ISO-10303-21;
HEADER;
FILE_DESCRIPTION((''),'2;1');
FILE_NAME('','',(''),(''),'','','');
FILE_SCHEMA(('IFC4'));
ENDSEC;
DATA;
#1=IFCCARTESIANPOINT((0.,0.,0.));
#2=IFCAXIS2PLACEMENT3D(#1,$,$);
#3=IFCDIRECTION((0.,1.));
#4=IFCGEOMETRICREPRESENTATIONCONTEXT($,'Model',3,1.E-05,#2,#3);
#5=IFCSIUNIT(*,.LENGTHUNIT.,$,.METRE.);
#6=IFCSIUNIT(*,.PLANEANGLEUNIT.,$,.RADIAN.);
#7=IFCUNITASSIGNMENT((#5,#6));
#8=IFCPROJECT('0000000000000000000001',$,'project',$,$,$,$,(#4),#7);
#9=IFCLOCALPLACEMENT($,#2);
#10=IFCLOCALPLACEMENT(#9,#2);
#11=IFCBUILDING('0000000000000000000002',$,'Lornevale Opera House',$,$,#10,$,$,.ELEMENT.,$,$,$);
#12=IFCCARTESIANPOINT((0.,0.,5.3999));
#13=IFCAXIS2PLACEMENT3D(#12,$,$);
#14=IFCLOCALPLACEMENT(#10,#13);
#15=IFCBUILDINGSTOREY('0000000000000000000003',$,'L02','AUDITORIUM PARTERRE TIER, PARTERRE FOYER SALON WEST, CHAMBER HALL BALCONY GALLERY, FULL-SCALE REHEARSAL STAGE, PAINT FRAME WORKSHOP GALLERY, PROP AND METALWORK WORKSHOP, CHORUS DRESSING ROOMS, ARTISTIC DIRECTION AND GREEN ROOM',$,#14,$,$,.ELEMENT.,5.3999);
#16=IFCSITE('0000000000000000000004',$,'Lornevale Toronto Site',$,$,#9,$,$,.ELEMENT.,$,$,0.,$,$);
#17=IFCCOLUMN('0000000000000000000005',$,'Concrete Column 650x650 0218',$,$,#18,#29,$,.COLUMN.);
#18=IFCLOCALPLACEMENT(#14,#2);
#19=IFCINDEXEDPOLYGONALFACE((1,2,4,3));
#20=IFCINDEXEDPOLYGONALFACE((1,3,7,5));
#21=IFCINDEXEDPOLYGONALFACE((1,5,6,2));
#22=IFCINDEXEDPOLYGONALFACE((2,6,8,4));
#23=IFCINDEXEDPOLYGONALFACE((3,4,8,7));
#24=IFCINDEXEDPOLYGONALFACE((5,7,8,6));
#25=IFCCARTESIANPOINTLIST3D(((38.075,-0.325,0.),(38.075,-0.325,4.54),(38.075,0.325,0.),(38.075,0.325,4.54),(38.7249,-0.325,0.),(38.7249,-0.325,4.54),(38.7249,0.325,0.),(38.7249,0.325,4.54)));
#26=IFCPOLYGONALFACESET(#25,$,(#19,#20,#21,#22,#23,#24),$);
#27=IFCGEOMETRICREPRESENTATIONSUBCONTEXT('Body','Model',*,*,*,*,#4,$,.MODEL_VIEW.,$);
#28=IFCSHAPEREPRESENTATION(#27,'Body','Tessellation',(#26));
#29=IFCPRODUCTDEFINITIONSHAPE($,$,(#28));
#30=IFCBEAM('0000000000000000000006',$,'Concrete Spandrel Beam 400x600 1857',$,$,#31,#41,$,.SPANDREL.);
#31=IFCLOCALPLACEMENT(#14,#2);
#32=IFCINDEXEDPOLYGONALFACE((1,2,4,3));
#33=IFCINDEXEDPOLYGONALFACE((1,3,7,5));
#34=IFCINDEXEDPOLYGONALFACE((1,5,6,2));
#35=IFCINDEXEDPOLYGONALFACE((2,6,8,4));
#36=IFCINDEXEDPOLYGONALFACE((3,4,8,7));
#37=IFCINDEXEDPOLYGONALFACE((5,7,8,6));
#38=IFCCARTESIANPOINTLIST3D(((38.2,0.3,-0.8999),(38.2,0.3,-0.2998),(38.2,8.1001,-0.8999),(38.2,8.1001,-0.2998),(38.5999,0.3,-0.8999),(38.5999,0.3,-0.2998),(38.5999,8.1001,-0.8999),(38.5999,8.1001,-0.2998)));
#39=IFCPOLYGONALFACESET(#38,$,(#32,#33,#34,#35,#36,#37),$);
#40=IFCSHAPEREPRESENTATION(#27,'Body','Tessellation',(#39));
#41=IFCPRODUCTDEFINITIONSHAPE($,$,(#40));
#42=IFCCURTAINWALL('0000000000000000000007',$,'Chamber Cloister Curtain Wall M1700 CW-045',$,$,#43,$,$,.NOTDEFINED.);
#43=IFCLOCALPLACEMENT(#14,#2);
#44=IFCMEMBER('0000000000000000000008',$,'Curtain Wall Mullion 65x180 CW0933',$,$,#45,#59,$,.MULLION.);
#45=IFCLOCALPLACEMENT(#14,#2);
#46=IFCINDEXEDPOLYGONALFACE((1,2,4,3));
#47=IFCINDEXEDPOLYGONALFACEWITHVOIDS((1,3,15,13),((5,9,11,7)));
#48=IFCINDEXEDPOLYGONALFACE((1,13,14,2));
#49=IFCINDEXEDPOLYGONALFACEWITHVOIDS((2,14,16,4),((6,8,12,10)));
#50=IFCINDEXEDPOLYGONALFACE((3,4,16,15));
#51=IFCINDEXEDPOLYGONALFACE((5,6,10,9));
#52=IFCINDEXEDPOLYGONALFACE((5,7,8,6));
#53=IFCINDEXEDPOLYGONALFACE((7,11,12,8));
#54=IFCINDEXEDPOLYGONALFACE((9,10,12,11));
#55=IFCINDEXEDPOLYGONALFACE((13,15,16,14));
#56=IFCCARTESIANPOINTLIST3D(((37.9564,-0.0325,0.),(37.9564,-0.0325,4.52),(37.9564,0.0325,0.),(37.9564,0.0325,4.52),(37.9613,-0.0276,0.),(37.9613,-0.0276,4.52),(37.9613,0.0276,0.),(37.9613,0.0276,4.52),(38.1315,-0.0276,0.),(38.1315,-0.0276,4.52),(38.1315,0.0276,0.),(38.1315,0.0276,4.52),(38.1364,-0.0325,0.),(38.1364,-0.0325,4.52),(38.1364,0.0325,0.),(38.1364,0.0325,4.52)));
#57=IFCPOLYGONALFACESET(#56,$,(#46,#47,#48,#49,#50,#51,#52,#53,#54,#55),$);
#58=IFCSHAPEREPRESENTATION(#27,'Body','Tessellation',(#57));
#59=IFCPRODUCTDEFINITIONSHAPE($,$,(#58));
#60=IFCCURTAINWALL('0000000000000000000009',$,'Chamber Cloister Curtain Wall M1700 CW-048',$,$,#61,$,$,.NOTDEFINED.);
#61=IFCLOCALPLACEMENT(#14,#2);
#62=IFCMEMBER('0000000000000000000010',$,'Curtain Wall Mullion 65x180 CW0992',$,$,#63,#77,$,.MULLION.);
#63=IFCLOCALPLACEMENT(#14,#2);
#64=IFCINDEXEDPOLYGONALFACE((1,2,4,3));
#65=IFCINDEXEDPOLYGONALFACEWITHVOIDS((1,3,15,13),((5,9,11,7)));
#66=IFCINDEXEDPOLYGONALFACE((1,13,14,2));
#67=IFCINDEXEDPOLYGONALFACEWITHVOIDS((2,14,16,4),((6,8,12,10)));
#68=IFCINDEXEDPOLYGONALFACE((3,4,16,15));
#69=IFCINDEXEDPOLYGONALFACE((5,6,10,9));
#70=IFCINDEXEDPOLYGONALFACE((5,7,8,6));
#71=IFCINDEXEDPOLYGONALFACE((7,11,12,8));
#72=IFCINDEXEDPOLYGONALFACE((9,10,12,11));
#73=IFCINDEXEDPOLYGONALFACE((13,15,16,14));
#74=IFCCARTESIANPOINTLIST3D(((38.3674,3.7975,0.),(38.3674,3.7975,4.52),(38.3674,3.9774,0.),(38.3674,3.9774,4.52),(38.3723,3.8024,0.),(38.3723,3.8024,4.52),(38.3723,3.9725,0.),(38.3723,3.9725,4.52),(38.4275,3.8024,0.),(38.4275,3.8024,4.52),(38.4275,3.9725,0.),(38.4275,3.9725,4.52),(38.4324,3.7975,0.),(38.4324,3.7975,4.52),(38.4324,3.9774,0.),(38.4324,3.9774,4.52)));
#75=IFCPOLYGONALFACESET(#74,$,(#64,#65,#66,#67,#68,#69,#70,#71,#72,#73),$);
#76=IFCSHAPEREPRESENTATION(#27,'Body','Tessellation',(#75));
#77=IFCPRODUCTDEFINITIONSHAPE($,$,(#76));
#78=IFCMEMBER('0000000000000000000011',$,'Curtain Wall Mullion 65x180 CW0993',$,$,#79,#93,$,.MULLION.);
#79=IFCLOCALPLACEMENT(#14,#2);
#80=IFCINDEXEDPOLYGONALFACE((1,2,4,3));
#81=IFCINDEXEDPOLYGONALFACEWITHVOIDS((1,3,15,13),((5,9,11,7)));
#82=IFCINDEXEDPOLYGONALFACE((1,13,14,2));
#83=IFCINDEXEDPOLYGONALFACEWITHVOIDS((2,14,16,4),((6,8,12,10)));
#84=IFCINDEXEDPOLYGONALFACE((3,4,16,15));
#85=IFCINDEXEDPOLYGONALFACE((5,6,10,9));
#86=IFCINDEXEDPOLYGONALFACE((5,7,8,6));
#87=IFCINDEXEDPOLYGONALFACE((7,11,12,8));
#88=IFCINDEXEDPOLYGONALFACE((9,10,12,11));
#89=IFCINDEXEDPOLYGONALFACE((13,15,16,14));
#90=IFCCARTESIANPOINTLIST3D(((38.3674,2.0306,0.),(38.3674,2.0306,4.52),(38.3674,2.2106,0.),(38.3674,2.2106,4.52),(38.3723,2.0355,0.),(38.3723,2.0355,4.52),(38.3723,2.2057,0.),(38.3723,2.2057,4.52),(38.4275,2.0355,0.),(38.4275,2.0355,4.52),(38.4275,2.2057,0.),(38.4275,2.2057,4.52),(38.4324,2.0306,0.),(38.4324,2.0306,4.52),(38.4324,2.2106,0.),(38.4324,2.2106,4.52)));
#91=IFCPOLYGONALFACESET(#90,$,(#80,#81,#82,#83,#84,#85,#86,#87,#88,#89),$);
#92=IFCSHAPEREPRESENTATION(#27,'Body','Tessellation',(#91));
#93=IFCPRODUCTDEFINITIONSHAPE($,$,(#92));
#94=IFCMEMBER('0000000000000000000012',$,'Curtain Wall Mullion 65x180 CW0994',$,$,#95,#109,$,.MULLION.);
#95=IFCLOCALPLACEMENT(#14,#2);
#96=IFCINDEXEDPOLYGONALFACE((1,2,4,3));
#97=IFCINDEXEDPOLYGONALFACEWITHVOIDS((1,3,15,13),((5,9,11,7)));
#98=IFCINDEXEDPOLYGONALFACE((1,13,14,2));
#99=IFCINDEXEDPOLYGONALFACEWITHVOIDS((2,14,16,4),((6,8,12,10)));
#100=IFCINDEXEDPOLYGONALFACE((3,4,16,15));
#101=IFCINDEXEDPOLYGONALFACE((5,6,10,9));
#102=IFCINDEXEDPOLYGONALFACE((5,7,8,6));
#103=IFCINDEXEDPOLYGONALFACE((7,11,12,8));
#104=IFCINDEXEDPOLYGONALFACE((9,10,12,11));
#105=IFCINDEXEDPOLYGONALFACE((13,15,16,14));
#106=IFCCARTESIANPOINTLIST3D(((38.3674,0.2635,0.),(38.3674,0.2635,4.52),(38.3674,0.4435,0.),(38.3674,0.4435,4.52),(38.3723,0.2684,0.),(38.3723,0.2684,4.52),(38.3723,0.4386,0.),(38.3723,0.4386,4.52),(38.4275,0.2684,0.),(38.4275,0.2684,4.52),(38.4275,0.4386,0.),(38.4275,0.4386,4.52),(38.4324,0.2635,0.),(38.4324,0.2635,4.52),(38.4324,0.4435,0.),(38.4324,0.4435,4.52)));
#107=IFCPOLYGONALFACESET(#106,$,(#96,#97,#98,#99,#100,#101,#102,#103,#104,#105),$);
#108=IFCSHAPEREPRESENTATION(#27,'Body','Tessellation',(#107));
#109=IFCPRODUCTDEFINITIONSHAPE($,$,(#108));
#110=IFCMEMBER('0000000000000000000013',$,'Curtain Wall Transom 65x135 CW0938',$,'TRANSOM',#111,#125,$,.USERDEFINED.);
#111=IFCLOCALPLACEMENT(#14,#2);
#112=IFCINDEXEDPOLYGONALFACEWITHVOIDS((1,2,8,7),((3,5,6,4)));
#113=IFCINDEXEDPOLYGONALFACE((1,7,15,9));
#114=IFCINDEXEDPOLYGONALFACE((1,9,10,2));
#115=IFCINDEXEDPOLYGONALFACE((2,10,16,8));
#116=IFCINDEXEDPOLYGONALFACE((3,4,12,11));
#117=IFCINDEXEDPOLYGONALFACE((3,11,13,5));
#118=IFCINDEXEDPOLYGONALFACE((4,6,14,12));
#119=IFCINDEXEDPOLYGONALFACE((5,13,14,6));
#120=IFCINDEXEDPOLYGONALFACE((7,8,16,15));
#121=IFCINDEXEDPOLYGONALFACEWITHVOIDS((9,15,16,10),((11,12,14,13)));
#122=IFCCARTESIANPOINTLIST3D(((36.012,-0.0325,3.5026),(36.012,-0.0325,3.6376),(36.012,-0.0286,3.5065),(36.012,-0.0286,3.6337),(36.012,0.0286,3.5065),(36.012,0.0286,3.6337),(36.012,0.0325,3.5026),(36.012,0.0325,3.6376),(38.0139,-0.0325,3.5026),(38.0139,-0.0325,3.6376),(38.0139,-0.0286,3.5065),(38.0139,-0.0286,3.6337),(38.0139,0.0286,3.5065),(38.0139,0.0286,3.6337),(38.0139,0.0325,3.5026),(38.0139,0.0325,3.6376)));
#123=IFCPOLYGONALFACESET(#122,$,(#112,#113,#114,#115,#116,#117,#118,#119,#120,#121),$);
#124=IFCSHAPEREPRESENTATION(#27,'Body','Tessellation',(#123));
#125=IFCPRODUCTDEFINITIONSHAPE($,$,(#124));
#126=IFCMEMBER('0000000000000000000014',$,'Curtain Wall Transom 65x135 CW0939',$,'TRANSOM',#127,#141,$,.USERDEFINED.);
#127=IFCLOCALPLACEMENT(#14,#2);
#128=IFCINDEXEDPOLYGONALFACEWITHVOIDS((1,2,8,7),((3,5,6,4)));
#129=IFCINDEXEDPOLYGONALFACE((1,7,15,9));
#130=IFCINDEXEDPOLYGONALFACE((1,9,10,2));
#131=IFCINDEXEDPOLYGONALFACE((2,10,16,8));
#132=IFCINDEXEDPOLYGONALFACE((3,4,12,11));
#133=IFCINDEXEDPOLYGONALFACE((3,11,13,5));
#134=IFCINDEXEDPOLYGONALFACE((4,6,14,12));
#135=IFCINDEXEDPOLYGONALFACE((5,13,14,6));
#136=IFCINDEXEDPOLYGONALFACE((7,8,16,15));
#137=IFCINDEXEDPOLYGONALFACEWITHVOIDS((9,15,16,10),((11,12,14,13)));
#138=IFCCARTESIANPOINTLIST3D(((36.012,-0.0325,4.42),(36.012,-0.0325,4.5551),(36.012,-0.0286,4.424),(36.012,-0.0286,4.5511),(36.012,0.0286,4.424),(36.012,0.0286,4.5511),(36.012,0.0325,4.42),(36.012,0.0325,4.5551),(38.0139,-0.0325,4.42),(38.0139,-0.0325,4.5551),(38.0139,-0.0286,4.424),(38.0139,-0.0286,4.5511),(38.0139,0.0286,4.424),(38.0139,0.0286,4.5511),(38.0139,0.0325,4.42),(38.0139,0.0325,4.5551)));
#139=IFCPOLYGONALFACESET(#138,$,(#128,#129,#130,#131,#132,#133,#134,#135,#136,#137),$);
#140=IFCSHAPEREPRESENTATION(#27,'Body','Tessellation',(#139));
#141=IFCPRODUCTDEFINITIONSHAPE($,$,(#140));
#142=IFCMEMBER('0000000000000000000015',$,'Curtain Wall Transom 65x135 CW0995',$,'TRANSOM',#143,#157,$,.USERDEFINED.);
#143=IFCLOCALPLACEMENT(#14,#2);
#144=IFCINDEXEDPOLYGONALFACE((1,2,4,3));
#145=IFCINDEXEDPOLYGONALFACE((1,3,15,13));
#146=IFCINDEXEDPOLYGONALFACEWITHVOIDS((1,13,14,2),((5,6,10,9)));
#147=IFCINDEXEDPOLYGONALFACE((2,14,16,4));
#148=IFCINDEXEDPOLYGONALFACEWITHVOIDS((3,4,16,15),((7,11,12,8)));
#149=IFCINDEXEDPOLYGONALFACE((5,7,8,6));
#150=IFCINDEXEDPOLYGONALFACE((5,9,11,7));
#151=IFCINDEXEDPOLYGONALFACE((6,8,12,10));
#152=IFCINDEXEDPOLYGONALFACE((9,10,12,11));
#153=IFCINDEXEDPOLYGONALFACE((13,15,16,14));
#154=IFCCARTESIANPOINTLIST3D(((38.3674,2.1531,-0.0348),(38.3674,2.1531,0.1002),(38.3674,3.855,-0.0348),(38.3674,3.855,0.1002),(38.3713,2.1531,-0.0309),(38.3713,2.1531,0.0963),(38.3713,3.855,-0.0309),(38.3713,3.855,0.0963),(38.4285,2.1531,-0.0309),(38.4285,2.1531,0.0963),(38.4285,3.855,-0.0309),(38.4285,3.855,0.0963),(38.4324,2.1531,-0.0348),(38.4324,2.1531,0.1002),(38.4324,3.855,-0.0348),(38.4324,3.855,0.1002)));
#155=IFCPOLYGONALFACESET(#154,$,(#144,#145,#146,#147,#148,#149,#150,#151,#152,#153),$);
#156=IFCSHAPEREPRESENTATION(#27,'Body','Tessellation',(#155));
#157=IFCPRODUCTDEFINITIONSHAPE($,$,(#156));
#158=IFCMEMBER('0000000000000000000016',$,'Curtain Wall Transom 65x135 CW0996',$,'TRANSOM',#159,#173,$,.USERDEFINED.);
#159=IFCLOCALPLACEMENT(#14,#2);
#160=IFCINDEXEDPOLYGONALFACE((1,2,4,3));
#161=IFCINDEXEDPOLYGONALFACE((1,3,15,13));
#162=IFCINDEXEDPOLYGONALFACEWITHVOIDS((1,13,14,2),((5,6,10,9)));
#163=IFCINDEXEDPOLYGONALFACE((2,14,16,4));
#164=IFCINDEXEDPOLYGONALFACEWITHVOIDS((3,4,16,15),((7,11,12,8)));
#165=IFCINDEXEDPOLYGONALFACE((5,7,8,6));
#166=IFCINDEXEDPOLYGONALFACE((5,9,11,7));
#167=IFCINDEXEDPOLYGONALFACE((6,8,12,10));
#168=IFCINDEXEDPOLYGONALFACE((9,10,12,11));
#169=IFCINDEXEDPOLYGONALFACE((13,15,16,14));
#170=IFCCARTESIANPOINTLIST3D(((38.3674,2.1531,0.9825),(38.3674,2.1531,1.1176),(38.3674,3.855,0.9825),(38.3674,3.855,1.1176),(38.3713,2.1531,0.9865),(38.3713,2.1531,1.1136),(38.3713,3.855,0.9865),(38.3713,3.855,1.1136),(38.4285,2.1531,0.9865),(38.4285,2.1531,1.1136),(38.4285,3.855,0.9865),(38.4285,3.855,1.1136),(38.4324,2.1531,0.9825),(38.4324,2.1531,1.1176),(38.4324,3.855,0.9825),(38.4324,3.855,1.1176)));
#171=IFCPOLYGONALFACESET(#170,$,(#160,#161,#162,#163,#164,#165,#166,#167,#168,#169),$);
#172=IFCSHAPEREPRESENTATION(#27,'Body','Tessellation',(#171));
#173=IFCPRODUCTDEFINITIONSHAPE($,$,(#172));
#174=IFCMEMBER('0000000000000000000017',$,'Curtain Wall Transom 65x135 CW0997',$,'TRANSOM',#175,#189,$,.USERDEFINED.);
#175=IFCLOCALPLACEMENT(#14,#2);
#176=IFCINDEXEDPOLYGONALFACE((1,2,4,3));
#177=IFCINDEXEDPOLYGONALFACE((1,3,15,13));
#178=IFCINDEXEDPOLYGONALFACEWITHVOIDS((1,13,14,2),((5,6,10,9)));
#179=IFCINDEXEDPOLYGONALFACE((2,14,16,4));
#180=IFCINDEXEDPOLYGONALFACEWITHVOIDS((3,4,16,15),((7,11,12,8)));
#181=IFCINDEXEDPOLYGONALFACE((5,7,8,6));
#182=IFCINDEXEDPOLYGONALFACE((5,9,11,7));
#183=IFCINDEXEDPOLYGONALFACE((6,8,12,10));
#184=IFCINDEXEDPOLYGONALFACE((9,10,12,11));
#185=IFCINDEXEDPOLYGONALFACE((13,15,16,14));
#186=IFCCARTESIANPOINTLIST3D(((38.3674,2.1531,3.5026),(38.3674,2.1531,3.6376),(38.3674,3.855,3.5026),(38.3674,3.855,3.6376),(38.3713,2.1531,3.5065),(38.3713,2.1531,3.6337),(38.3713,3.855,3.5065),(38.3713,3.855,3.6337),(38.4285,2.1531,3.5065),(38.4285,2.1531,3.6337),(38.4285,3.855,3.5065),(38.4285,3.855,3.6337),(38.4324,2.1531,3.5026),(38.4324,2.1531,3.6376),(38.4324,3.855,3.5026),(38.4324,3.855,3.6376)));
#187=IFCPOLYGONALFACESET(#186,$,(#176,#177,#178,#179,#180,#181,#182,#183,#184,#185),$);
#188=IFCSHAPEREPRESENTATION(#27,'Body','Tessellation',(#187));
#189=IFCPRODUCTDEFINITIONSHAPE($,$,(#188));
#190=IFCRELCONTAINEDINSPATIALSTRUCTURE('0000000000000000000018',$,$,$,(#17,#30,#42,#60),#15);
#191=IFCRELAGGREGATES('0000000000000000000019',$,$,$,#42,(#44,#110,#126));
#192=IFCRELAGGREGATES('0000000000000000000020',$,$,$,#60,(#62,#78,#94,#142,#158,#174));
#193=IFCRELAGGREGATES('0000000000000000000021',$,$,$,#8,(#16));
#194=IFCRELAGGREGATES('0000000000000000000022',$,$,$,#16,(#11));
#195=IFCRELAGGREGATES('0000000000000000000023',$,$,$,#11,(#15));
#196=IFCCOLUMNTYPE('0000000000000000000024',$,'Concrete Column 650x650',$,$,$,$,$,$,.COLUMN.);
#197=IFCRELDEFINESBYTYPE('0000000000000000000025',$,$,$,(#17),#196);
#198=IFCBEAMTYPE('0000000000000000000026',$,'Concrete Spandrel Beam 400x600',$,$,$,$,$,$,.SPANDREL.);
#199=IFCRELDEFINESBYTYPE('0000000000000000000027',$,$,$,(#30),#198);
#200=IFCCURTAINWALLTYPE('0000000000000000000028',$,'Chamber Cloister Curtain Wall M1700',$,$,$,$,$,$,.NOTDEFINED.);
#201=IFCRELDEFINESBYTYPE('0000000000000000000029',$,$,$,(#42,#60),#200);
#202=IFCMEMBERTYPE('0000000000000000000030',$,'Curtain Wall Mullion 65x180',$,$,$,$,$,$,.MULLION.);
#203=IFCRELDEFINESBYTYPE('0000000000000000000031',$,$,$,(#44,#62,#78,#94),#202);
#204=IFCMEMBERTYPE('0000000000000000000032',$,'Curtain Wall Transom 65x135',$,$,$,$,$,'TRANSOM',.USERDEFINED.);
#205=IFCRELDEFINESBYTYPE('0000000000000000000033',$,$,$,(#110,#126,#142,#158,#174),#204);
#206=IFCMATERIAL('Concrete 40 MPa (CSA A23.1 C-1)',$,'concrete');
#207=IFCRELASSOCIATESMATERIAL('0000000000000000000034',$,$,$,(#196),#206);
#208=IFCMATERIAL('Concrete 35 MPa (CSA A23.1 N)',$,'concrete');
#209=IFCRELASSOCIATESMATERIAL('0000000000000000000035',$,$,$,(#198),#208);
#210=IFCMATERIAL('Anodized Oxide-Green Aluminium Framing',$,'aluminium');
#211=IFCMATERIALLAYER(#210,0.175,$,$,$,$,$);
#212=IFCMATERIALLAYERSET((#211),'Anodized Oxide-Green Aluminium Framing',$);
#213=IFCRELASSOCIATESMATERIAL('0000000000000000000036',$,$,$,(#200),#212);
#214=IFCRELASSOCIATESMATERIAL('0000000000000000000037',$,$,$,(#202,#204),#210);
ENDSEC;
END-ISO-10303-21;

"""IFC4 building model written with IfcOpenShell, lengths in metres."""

from ifc_helpers import new_model, si_unit, direction, frame, origin, origin_2d, place, context, subcontext, project, spatial, rectangle, hollow_rectangle, extrude, material, layer, layer_set, material_profile, profile_set, type_object, element, aggregate, save


model = new_model("IFC4")

# Units and contexts
model_context = context("Model", 3, precision=1e-05, world=origin(), true_north=direction((0.0, 1.0)))
body_context = subcontext(model_context, "Body", "Model", "MODEL_VIEW")
ifc_project = project(units=[si_unit("LENGTHUNIT", "METRE"), si_unit("PLANEANGLEUNIT", "RADIAN")], contexts=[model_context])

# Site, building, storey
site_placement = place(None, origin())
site = spatial("IfcSite", under=ifc_project, at=site_placement, Name="Lornevale Toronto Site", CompositionType="ELEMENT", RefElevation=0.0)
building_placement = place(site_placement, origin())
building = spatial("IfcBuilding", under=site, at=building_placement, Name="Lornevale Opera House", CompositionType="ELEMENT")
storey_placement = place(building_placement, frame((0.0, 0.0, 5.3999)))
storey = spatial("IfcBuildingStorey", under=building, at=storey_placement, Name="L02", Description="AUDITORIUM PARTERRE TIER, PARTERRE FOYER SALON WEST, CHAMBER HALL BALCONY GALLERY, FULL-SCALE REHEARSAL STAGE, PAINT FRAME WORKSHOP GALLERY, PROP AND METALWORK WORKSHOP, CHORUS DRESSING ROOMS, ARTISTIC DIRECTION AND GREEN ROOM", CompositionType="ELEMENT", Elevation=5.3999)

# Column
ifc_material_1 = material(Name="Concrete 40 MPa (CSA A23.1 C-1)", Category="concrete")
ifc_material_profile_1 = material_profile(ifc_material_1, rectangle(XDim=0.6499, YDim=0.6499, at=origin_2d()), Name="RC650x650")
ifc_profile_set_1 = profile_set([ifc_material_profile_1], Name="Concrete 40 MPa (CSA A23.1 C-1)")
column_type = type_object("IfcColumnType", Name="Concrete Column 650x650", PredefinedType="COLUMN", material=ifc_profile_set_1)
column_placement = place(storey_placement, frame((38.3999, 0.0, 0.0), z_axis=(0.0, 0.0, 1.0), x_axis=(1.0, 0.0, 0.0)))
element("IfcColumn", 1, at=column_placement, inside=storey, type_object=column_type, Name="Concrete Column 650x650 0218", PredefinedType="COLUMN", context=body_context, shape_type="SweptSolid", body=[
    extrude(rectangle(XDim=0.6499, YDim=0.6499, at=origin_2d()), origin(), (0.0, 0.0, 1.0), 4.54),
])

# Beam
ifc_material_2 = material(Name="Concrete 35 MPa (CSA A23.1 N)", Category="concrete")
ifc_material_profile_2 = material_profile(ifc_material_2, rectangle(XDim=0.3999, YDim=0.6001, at=origin_2d()), Name="RC400x600")
ifc_profile_set_2 = profile_set([ifc_material_profile_2], Name="Concrete 35 MPa (CSA A23.1 N)")
beam_type = type_object("IfcBeamType", Name="Concrete Spandrel Beam 400x600", PredefinedType="SPANDREL", material=ifc_profile_set_2)
beam_placement = place(storey_placement, frame((38.3999, 0.3, -0.5999), z_axis=(0.0, 1.0, 0.0), x_axis=(-1.0, 0.0, 0.0)))
element("IfcBeam", 2, at=beam_placement, inside=storey, type_object=beam_type, Name="Concrete Spandrel Beam 400x600 1857", PredefinedType="SPANDREL", context=body_context, shape_type="SweptSolid", body=[
    extrude(rectangle(XDim=0.3999, YDim=0.6001, at=origin_2d()), origin(), (0.0, 0.0, 1.0), 7.8),
])

# Curtain wall, member
ifc_material_3 = material(Name="Anodized Oxide-Green Aluminium Framing", Category="aluminium")
ifc_layer_1 = layer(ifc_material_3, 0.175)
ifc_layer_set_1 = layer_set([ifc_layer_1], Name="Anodized Oxide-Green Aluminium Framing")
curtain_wall_type = type_object("IfcCurtainWallType", Name="Chamber Cloister Curtain Wall M1700", PredefinedType="NOTDEFINED", material=ifc_layer_set_1)
curtain_wall_1_placement = place(storey_placement, origin())
curtain_wall_1 = element("IfcCurtainWall", 3, at=curtain_wall_1_placement, inside=storey, type_object=curtain_wall_type, Name="Chamber Cloister Curtain Wall M1700 CW-045", PredefinedType="NOTDEFINED")
ifc_material_profile_3 = material_profile(ifc_material_3, hollow_rectangle(XDim=0.0649, YDim=0.1799, WallThickness=0.0049, at=origin_2d()), Name="ALU65x180x5")
ifc_profile_set_3 = profile_set([ifc_material_profile_3], Name="Anodized Oxide-Green Aluminium Framing")
member_type_1 = type_object("IfcMemberType", Name="Curtain Wall Mullion 65x180", PredefinedType="MULLION", material=ifc_profile_set_3)
member_1_placement = place(storey_placement, frame((38.0464, 0.0, 0.0), z_axis=(0.0, 0.0, 1.0), x_axis=(0.0, -1.0, 0.0)))
member_1 = element("IfcMember", 4, at=member_1_placement, type_object=member_type_1, Name="Curtain Wall Mullion 65x180 CW0933", PredefinedType="MULLION", context=body_context, shape_type="SweptSolid", body=[
    extrude(hollow_rectangle(XDim=0.0649, YDim=0.1799, WallThickness=0.0049, at=origin_2d()), origin(), (0.0, 0.0, 1.0), 4.52),
])

# Curtain wall, members
curtain_wall_2_placement = place(storey_placement, origin())
curtain_wall_2 = element("IfcCurtainWall", 5, at=curtain_wall_2_placement, inside=storey, type_object=curtain_wall_type, Name="Chamber Cloister Curtain Wall M1700 CW-048", PredefinedType="NOTDEFINED")
member_2_placement = place(storey_placement, frame((38.3999, 3.8875, 0.0), z_axis=(0.0, 0.0, 1.0), x_axis=(1.0, 0.0, 0.0)))
member_2 = element("IfcMember", 6, at=member_2_placement, type_object=member_type_1, Name="Curtain Wall Mullion 65x180 CW0992", PredefinedType="MULLION", context=body_context, shape_type="SweptSolid", body=[
    extrude(hollow_rectangle(XDim=0.0649, YDim=0.1799, WallThickness=0.0049, at=origin_2d()), origin(), (0.0, 0.0, 1.0), 4.52),
])
member_3_placement = place(storey_placement, frame((38.3999, 2.1206, 0.0), z_axis=(0.0, 0.0, 1.0), x_axis=(1.0, 0.0, 0.0)))
member_3 = element("IfcMember", 7, at=member_3_placement, type_object=member_type_1, Name="Curtain Wall Mullion 65x180 CW0993", PredefinedType="MULLION", context=body_context, shape_type="SweptSolid", body=[
    extrude(hollow_rectangle(XDim=0.0649, YDim=0.1799, WallThickness=0.0049, at=origin_2d()), origin(), (0.0, 0.0, 1.0), 4.52),
])
member_4_placement = place(storey_placement, frame((38.3999, 0.3535, 0.0), z_axis=(0.0, 0.0, 1.0), x_axis=(1.0, 0.0, 0.0)))
member_4 = element("IfcMember", 8, at=member_4_placement, type_object=member_type_1, Name="Curtain Wall Mullion 65x180 CW0994", PredefinedType="MULLION", context=body_context, shape_type="SweptSolid", body=[
    extrude(hollow_rectangle(XDim=0.0649, YDim=0.1799, WallThickness=0.0049, at=origin_2d()), origin(), (0.0, 0.0, 1.0), 4.52),
])

# Members
ifc_material_profile_4 = material_profile(ifc_material_3, hollow_rectangle(XDim=0.0649, YDim=0.135, WallThickness=0.0039, at=origin_2d()), Name="ALU65x135x4")
ifc_profile_set_4 = profile_set([ifc_material_profile_4], Name="Anodized Oxide-Green Aluminium Framing")
member_type_2 = type_object("IfcMemberType", Name="Curtain Wall Transom 65x135", ElementType="TRANSOM", PredefinedType="USERDEFINED", material=ifc_profile_set_4)
member_5_placement = place(storey_placement, frame((38.0139, 0.0, 3.5701), z_axis=(-1.0, 0.0, 0.0), x_axis=(0.0, -1.0, 0.0)))
member_5 = element("IfcMember", 9, at=member_5_placement, type_object=member_type_2, Name="Curtain Wall Transom 65x135 CW0938", ObjectType="TRANSOM", PredefinedType="USERDEFINED", context=body_context, shape_type="SweptSolid", body=[
    extrude(hollow_rectangle(XDim=0.0649, YDim=0.135, WallThickness=0.0039, at=origin_2d()), origin(), (0.0, 0.0, 1.0), 2.002),
])
member_6_placement = place(storey_placement, frame((38.0139, 0.0, 4.4875), z_axis=(-1.0, 0.0, 0.0), x_axis=(0.0, -1.0, 0.0)))
member_6 = element("IfcMember", 10, at=member_6_placement, type_object=member_type_2, Name="Curtain Wall Transom 65x135 CW0939", ObjectType="TRANSOM", PredefinedType="USERDEFINED", context=body_context, shape_type="SweptSolid", body=[
    extrude(hollow_rectangle(XDim=0.0649, YDim=0.135, WallThickness=0.0039, at=origin_2d()), origin(), (0.0, 0.0, 1.0), 2.002),
])
aggregate(curtain_wall_1, [member_1, member_5, member_6])
member_7_placement = place(storey_placement, frame((38.3999, 3.855, 0.0327), z_axis=(0.0, -1.0, 0.0), x_axis=(1.0, 0.0, 0.0)))
member_7 = element("IfcMember", 11, at=member_7_placement, type_object=member_type_2, Name="Curtain Wall Transom 65x135 CW0995", ObjectType="TRANSOM", PredefinedType="USERDEFINED", context=body_context, shape_type="SweptSolid", body=[
    extrude(hollow_rectangle(XDim=0.0649, YDim=0.135, WallThickness=0.0039, at=origin_2d()), origin(), (0.0, 0.0, 1.0), 1.7019),
])
member_8_placement = place(storey_placement, frame((38.3999, 3.855, 1.05), z_axis=(0.0, -1.0, 0.0), x_axis=(1.0, 0.0, 0.0)))
member_8 = element("IfcMember", 12, at=member_8_placement, type_object=member_type_2, Name="Curtain Wall Transom 65x135 CW0996", ObjectType="TRANSOM", PredefinedType="USERDEFINED", context=body_context, shape_type="SweptSolid", body=[
    extrude(hollow_rectangle(XDim=0.0649, YDim=0.135, WallThickness=0.0039, at=origin_2d()), origin(), (0.0, 0.0, 1.0), 1.7019),
])
member_9_placement = place(storey_placement, frame((38.3999, 3.855, 3.5701), z_axis=(0.0, -1.0, 0.0), x_axis=(1.0, 0.0, 0.0)))
member_9 = element("IfcMember", 13, at=member_9_placement, type_object=member_type_2, Name="Curtain Wall Transom 65x135 CW0997", ObjectType="TRANSOM", PredefinedType="USERDEFINED", context=body_context, shape_type="SweptSolid", body=[
    extrude(hollow_rectangle(XDim=0.0649, YDim=0.135, WallThickness=0.0039, at=origin_2d()), origin(), (0.0, 0.0, 1.0), 1.7019),
])

aggregate(curtain_wall_2, [member_2, member_3, member_4, member_7, member_8, member_9])

save(model, "model.ifc")
